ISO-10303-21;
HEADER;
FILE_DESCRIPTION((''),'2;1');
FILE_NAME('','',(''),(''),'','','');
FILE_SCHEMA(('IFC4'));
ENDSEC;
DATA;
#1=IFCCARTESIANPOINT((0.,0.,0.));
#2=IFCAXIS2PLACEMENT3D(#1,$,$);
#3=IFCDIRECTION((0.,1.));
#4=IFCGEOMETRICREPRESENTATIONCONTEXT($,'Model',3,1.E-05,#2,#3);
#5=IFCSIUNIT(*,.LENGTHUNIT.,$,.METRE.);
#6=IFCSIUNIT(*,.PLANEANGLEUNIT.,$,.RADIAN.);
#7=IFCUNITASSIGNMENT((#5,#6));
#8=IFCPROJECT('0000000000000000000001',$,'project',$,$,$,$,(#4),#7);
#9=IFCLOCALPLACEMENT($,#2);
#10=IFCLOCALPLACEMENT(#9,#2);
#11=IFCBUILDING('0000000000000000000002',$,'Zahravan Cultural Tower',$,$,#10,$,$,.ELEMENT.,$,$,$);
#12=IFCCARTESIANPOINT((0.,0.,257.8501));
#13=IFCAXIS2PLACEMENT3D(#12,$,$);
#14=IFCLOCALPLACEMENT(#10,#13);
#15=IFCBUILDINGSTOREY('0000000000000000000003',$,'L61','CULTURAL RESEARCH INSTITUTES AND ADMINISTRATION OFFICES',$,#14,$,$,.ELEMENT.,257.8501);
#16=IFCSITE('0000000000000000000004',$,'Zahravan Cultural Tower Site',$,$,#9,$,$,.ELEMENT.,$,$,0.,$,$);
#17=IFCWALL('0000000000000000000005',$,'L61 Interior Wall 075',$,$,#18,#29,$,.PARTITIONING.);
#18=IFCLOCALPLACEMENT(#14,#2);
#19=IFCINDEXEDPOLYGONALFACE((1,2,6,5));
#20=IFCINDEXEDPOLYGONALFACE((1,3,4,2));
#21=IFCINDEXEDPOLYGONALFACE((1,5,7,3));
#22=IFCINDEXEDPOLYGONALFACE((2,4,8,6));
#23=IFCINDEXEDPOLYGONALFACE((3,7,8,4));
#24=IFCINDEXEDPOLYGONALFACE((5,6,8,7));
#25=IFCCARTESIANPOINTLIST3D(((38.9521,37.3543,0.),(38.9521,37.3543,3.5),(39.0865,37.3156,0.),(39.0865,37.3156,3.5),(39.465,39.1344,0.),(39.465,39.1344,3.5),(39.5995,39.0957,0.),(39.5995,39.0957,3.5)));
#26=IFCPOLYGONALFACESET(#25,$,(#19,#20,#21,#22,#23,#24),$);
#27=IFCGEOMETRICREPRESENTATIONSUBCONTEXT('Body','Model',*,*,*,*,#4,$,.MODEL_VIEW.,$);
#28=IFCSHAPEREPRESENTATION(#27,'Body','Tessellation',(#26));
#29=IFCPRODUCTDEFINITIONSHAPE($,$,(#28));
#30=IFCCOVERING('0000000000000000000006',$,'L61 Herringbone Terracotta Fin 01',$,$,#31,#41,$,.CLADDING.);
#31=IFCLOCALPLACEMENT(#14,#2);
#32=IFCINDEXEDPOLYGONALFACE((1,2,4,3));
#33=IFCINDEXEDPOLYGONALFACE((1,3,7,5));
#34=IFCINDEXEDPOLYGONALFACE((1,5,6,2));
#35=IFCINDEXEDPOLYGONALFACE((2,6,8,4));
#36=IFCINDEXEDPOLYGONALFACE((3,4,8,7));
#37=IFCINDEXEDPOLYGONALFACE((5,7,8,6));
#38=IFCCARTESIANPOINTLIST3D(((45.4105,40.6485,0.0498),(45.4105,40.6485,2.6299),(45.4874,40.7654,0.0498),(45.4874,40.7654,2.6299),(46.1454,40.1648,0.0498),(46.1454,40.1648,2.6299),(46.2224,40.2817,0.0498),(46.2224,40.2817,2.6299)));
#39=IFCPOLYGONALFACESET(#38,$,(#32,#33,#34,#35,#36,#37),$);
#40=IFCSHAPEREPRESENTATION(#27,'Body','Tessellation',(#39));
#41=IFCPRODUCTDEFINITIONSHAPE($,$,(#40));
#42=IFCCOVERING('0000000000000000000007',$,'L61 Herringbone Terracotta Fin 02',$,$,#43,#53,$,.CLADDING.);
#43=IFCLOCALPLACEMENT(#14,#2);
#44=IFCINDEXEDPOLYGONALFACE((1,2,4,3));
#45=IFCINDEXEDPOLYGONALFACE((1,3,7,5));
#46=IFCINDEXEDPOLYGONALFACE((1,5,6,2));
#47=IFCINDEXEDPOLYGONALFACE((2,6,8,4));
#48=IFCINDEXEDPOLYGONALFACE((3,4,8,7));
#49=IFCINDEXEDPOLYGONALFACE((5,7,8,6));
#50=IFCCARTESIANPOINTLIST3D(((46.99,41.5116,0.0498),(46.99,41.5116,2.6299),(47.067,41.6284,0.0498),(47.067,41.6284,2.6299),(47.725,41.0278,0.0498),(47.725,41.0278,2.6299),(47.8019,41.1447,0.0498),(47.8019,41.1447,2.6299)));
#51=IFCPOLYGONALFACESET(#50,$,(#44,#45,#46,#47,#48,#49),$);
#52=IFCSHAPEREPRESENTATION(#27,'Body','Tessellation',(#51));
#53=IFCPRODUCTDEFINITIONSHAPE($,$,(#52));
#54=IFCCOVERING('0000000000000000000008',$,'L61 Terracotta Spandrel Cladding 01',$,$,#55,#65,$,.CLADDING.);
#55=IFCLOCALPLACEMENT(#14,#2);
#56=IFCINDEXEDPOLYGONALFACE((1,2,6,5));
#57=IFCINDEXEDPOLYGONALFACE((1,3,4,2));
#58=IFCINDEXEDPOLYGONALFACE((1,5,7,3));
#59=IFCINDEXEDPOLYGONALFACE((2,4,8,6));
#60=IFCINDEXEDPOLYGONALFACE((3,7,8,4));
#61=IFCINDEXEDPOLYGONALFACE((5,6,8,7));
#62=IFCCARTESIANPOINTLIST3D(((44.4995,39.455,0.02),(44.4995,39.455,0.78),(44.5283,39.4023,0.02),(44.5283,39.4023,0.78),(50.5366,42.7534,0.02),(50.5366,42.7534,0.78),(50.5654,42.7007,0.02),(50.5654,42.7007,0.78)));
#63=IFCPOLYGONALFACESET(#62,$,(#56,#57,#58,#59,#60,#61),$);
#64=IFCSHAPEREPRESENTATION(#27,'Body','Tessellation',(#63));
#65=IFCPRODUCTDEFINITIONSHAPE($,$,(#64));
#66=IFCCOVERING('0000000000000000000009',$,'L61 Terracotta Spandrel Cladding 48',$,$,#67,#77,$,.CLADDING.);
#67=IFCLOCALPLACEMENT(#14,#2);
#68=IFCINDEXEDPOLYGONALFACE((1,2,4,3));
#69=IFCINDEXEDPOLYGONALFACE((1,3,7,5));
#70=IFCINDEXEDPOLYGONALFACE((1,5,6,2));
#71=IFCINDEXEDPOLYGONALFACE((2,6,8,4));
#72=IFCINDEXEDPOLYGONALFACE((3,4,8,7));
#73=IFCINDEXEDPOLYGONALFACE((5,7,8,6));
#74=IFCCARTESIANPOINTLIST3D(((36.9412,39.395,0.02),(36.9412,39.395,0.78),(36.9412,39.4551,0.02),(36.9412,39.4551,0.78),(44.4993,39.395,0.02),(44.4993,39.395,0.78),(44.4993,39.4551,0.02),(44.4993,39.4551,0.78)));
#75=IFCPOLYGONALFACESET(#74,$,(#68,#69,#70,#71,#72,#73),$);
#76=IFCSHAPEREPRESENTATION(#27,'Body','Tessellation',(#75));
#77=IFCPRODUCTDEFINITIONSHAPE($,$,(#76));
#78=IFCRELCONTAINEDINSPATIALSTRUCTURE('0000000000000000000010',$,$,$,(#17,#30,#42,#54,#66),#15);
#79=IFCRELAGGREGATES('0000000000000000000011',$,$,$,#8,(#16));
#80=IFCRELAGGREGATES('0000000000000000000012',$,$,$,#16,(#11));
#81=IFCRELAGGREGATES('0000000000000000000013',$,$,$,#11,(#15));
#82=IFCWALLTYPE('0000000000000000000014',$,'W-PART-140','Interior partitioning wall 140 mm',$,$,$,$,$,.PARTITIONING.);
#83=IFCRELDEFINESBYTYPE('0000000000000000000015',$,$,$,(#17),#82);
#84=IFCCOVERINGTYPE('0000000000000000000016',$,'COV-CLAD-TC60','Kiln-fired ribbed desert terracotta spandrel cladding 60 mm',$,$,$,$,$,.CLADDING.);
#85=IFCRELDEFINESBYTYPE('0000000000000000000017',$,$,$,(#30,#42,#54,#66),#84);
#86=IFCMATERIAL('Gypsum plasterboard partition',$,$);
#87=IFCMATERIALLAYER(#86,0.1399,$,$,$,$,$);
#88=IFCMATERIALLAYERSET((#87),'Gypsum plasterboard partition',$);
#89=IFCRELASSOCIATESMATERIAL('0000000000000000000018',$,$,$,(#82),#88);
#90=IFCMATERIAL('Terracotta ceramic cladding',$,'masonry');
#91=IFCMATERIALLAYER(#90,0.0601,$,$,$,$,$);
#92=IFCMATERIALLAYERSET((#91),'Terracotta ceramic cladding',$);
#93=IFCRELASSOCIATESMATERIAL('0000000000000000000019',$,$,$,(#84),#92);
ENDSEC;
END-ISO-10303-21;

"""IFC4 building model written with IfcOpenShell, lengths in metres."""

from ifc_helpers import new_model, si_unit, direction, frame, frame_2d, origin, origin_2d, place, context, subcontext, project, spatial, rectangle, extrude, source, transform, mapped, material, layer, layer_set, type_object, element, save


model = new_model("IFC4")

# Units and contexts
model_context = context("Model", 3, precision=1e-05, world=origin(), true_north=direction((0.0, 1.0)))
body_context = subcontext(model_context, "Body", "Model", "MODEL_VIEW")
ifc_project = project(units=[si_unit("LENGTHUNIT", "METRE"), si_unit("PLANEANGLEUNIT", "RADIAN")], contexts=[model_context])

# Site, building, storey
site_placement = place(None, origin())
site = spatial("IfcSite", under=ifc_project, at=site_placement, Name="Zahravan Cultural Tower Site", CompositionType="ELEMENT", RefElevation=0.0)
building_placement = place(site_placement, origin())
building = spatial("IfcBuilding", under=site, at=building_placement, Name="Zahravan Cultural Tower", CompositionType="ELEMENT")
storey_placement = place(building_placement, frame((0.0, 0.0, 257.8501)))
storey = spatial("IfcBuildingStorey", under=building, at=storey_placement, Name="L61", Description="CULTURAL RESEARCH INSTITUTES AND ADMINISTRATION OFFICES", CompositionType="ELEMENT", Elevation=257.8501)

# Shared definitions
ifc_material_1 = material(Name="Gypsum plasterboard partition")
ifc_layer_1 = layer(ifc_material_1, 0.1399)
ifc_layer_set_1 = layer_set([ifc_layer_1], Name="Gypsum plasterboard partition")
wall_type_1 = type_object("IfcWallType", Name="W-PART-140", Description="Interior partitioning wall 140 mm", PredefinedType="PARTITIONING", material=ifc_layer_set_1)

# Wall
shared_shape_1 = source(origin(), body_context, "Body", "SweptSolid", [
    extrude(rectangle(XDim=1.8525, YDim=0.1399, at=frame_2d((0.9263, 0.0))), origin(), (0.0, 0.0, 1.0), 3.5),
])
wall_1_placement = place(storey_placement, frame((39.0193, 37.335, 0.0), z_axis=(0.0, 0.0, 1.0), x_axis=(0.276896, 0.9609, 0.0)))
element("IfcWall", 1, at=wall_1_placement, inside=storey, type_object=wall_type_1, Name="L61 Interior Wall 075", PredefinedType="PARTITIONING", context=body_context, shape_type="MappedRepresentation", body=[
    mapped(shared_shape_1, transform((0.0, 0.0, 0.0), x_axis=(1.0, 0.0, 0.0), y_axis=(0.0, 1.0, 0.0), z_axis=(0.0, 0.0, 1.0), scale=1.0)),
])

# Coverings
ifc_material_2 = material(Name="Terracotta ceramic cladding", Category="masonry")
ifc_layer_2 = layer(ifc_material_2, 0.0601)
ifc_layer_set_2 = layer_set([ifc_layer_2], Name="Terracotta ceramic cladding")
covering_type = type_object("IfcCoveringType", Name="COV-CLAD-TC60", Description="Kiln-fired ribbed desert terracotta spandrel cladding 60 mm", PredefinedType="CLADDING", material=ifc_layer_set_2)
shared_shape_2 = source(origin(), body_context, "Body", "SweptSolid", [
    extrude(rectangle(XDim=0.8799, YDim=0.1399, at=origin_2d()), origin(), (0.0, 0.0, 1.0), 2.5801),
])
for number, where, z_axis, x_axis, name in (
    (2, (45.8164, 40.4651, 0.0498), (0.0, 0.0, 1.0), (-0.835328, 0.549752, 0.0), "L61 Herringbone Terracotta Fin 01"),
    (3, (47.396, 41.3281, 0.0498), (0.0, 0.0, 1.0), (-0.835328, 0.549752, 0.0), "L61 Herringbone Terracotta Fin 02"),
):
    element("IfcCovering", number, at=place(storey_placement, frame(where, z_axis=z_axis, x_axis=x_axis)), inside=storey, type_object=covering_type, Name=name, PredefinedType="CLADDING", context=body_context, shape_type="MappedRepresentation", body=[
        mapped(shared_shape_2, transform((0.0, 0.0, 0.0), x_axis=(1.0, 0.0, 0.0), y_axis=(0.0, 1.0, 0.0), z_axis=(0.0, 0.0, 1.0), scale=1.0)),
    ])
shared_shape_3 = source(origin(), body_context, "Body", "SweptSolid", [
    extrude(rectangle(XDim=6.8794, YDim=0.0601, at=origin_2d()), origin(), (0.0, 0.0, 1.0), 0.76),
])
covering_1_placement = place(storey_placement, frame((47.5325, 41.0779, 0.02), z_axis=(0.0, 0.0, 1.0), x_axis=(0.877565, 0.479458, 0.0)))
element("IfcCovering", 4, at=covering_1_placement, inside=storey, type_object=covering_type, Name="L61 Terracotta Spandrel Cladding 01", PredefinedType="CLADDING", context=body_context, shape_type="MappedRepresentation", body=[
    mapped(shared_shape_3, transform((0.0, 0.0, 0.0), x_axis=(1.0, 0.0, 0.0), y_axis=(0.0, 1.0, 0.0), z_axis=(0.0, 0.0, 1.0), scale=1.0)),
])
shared_shape_4 = source(origin(), body_context, "Body", "SweptSolid", [
    extrude(rectangle(XDim=7.5581, YDim=0.0601, at=origin_2d()), origin(), (0.0, 0.0, 1.0), 0.76),
])
covering_2_placement = place(storey_placement, frame((40.7202, 39.425, 0.02), z_axis=(0.0, 0.0, 1.0), x_axis=(1.0, 0.0, 0.0)))
element("IfcCovering", 5, at=covering_2_placement, inside=storey, type_object=covering_type, Name="L61 Terracotta Spandrel Cladding 48", PredefinedType="CLADDING", context=body_context, shape_type="MappedRepresentation", body=[
    mapped(shared_shape_4, transform((0.0, 0.0, 0.0), x_axis=(1.0, 0.0, 0.0), y_axis=(0.0, 1.0, 0.0), z_axis=(0.0, 0.0, 1.0), scale=1.0)),
])

save(model, "model.ifc")
